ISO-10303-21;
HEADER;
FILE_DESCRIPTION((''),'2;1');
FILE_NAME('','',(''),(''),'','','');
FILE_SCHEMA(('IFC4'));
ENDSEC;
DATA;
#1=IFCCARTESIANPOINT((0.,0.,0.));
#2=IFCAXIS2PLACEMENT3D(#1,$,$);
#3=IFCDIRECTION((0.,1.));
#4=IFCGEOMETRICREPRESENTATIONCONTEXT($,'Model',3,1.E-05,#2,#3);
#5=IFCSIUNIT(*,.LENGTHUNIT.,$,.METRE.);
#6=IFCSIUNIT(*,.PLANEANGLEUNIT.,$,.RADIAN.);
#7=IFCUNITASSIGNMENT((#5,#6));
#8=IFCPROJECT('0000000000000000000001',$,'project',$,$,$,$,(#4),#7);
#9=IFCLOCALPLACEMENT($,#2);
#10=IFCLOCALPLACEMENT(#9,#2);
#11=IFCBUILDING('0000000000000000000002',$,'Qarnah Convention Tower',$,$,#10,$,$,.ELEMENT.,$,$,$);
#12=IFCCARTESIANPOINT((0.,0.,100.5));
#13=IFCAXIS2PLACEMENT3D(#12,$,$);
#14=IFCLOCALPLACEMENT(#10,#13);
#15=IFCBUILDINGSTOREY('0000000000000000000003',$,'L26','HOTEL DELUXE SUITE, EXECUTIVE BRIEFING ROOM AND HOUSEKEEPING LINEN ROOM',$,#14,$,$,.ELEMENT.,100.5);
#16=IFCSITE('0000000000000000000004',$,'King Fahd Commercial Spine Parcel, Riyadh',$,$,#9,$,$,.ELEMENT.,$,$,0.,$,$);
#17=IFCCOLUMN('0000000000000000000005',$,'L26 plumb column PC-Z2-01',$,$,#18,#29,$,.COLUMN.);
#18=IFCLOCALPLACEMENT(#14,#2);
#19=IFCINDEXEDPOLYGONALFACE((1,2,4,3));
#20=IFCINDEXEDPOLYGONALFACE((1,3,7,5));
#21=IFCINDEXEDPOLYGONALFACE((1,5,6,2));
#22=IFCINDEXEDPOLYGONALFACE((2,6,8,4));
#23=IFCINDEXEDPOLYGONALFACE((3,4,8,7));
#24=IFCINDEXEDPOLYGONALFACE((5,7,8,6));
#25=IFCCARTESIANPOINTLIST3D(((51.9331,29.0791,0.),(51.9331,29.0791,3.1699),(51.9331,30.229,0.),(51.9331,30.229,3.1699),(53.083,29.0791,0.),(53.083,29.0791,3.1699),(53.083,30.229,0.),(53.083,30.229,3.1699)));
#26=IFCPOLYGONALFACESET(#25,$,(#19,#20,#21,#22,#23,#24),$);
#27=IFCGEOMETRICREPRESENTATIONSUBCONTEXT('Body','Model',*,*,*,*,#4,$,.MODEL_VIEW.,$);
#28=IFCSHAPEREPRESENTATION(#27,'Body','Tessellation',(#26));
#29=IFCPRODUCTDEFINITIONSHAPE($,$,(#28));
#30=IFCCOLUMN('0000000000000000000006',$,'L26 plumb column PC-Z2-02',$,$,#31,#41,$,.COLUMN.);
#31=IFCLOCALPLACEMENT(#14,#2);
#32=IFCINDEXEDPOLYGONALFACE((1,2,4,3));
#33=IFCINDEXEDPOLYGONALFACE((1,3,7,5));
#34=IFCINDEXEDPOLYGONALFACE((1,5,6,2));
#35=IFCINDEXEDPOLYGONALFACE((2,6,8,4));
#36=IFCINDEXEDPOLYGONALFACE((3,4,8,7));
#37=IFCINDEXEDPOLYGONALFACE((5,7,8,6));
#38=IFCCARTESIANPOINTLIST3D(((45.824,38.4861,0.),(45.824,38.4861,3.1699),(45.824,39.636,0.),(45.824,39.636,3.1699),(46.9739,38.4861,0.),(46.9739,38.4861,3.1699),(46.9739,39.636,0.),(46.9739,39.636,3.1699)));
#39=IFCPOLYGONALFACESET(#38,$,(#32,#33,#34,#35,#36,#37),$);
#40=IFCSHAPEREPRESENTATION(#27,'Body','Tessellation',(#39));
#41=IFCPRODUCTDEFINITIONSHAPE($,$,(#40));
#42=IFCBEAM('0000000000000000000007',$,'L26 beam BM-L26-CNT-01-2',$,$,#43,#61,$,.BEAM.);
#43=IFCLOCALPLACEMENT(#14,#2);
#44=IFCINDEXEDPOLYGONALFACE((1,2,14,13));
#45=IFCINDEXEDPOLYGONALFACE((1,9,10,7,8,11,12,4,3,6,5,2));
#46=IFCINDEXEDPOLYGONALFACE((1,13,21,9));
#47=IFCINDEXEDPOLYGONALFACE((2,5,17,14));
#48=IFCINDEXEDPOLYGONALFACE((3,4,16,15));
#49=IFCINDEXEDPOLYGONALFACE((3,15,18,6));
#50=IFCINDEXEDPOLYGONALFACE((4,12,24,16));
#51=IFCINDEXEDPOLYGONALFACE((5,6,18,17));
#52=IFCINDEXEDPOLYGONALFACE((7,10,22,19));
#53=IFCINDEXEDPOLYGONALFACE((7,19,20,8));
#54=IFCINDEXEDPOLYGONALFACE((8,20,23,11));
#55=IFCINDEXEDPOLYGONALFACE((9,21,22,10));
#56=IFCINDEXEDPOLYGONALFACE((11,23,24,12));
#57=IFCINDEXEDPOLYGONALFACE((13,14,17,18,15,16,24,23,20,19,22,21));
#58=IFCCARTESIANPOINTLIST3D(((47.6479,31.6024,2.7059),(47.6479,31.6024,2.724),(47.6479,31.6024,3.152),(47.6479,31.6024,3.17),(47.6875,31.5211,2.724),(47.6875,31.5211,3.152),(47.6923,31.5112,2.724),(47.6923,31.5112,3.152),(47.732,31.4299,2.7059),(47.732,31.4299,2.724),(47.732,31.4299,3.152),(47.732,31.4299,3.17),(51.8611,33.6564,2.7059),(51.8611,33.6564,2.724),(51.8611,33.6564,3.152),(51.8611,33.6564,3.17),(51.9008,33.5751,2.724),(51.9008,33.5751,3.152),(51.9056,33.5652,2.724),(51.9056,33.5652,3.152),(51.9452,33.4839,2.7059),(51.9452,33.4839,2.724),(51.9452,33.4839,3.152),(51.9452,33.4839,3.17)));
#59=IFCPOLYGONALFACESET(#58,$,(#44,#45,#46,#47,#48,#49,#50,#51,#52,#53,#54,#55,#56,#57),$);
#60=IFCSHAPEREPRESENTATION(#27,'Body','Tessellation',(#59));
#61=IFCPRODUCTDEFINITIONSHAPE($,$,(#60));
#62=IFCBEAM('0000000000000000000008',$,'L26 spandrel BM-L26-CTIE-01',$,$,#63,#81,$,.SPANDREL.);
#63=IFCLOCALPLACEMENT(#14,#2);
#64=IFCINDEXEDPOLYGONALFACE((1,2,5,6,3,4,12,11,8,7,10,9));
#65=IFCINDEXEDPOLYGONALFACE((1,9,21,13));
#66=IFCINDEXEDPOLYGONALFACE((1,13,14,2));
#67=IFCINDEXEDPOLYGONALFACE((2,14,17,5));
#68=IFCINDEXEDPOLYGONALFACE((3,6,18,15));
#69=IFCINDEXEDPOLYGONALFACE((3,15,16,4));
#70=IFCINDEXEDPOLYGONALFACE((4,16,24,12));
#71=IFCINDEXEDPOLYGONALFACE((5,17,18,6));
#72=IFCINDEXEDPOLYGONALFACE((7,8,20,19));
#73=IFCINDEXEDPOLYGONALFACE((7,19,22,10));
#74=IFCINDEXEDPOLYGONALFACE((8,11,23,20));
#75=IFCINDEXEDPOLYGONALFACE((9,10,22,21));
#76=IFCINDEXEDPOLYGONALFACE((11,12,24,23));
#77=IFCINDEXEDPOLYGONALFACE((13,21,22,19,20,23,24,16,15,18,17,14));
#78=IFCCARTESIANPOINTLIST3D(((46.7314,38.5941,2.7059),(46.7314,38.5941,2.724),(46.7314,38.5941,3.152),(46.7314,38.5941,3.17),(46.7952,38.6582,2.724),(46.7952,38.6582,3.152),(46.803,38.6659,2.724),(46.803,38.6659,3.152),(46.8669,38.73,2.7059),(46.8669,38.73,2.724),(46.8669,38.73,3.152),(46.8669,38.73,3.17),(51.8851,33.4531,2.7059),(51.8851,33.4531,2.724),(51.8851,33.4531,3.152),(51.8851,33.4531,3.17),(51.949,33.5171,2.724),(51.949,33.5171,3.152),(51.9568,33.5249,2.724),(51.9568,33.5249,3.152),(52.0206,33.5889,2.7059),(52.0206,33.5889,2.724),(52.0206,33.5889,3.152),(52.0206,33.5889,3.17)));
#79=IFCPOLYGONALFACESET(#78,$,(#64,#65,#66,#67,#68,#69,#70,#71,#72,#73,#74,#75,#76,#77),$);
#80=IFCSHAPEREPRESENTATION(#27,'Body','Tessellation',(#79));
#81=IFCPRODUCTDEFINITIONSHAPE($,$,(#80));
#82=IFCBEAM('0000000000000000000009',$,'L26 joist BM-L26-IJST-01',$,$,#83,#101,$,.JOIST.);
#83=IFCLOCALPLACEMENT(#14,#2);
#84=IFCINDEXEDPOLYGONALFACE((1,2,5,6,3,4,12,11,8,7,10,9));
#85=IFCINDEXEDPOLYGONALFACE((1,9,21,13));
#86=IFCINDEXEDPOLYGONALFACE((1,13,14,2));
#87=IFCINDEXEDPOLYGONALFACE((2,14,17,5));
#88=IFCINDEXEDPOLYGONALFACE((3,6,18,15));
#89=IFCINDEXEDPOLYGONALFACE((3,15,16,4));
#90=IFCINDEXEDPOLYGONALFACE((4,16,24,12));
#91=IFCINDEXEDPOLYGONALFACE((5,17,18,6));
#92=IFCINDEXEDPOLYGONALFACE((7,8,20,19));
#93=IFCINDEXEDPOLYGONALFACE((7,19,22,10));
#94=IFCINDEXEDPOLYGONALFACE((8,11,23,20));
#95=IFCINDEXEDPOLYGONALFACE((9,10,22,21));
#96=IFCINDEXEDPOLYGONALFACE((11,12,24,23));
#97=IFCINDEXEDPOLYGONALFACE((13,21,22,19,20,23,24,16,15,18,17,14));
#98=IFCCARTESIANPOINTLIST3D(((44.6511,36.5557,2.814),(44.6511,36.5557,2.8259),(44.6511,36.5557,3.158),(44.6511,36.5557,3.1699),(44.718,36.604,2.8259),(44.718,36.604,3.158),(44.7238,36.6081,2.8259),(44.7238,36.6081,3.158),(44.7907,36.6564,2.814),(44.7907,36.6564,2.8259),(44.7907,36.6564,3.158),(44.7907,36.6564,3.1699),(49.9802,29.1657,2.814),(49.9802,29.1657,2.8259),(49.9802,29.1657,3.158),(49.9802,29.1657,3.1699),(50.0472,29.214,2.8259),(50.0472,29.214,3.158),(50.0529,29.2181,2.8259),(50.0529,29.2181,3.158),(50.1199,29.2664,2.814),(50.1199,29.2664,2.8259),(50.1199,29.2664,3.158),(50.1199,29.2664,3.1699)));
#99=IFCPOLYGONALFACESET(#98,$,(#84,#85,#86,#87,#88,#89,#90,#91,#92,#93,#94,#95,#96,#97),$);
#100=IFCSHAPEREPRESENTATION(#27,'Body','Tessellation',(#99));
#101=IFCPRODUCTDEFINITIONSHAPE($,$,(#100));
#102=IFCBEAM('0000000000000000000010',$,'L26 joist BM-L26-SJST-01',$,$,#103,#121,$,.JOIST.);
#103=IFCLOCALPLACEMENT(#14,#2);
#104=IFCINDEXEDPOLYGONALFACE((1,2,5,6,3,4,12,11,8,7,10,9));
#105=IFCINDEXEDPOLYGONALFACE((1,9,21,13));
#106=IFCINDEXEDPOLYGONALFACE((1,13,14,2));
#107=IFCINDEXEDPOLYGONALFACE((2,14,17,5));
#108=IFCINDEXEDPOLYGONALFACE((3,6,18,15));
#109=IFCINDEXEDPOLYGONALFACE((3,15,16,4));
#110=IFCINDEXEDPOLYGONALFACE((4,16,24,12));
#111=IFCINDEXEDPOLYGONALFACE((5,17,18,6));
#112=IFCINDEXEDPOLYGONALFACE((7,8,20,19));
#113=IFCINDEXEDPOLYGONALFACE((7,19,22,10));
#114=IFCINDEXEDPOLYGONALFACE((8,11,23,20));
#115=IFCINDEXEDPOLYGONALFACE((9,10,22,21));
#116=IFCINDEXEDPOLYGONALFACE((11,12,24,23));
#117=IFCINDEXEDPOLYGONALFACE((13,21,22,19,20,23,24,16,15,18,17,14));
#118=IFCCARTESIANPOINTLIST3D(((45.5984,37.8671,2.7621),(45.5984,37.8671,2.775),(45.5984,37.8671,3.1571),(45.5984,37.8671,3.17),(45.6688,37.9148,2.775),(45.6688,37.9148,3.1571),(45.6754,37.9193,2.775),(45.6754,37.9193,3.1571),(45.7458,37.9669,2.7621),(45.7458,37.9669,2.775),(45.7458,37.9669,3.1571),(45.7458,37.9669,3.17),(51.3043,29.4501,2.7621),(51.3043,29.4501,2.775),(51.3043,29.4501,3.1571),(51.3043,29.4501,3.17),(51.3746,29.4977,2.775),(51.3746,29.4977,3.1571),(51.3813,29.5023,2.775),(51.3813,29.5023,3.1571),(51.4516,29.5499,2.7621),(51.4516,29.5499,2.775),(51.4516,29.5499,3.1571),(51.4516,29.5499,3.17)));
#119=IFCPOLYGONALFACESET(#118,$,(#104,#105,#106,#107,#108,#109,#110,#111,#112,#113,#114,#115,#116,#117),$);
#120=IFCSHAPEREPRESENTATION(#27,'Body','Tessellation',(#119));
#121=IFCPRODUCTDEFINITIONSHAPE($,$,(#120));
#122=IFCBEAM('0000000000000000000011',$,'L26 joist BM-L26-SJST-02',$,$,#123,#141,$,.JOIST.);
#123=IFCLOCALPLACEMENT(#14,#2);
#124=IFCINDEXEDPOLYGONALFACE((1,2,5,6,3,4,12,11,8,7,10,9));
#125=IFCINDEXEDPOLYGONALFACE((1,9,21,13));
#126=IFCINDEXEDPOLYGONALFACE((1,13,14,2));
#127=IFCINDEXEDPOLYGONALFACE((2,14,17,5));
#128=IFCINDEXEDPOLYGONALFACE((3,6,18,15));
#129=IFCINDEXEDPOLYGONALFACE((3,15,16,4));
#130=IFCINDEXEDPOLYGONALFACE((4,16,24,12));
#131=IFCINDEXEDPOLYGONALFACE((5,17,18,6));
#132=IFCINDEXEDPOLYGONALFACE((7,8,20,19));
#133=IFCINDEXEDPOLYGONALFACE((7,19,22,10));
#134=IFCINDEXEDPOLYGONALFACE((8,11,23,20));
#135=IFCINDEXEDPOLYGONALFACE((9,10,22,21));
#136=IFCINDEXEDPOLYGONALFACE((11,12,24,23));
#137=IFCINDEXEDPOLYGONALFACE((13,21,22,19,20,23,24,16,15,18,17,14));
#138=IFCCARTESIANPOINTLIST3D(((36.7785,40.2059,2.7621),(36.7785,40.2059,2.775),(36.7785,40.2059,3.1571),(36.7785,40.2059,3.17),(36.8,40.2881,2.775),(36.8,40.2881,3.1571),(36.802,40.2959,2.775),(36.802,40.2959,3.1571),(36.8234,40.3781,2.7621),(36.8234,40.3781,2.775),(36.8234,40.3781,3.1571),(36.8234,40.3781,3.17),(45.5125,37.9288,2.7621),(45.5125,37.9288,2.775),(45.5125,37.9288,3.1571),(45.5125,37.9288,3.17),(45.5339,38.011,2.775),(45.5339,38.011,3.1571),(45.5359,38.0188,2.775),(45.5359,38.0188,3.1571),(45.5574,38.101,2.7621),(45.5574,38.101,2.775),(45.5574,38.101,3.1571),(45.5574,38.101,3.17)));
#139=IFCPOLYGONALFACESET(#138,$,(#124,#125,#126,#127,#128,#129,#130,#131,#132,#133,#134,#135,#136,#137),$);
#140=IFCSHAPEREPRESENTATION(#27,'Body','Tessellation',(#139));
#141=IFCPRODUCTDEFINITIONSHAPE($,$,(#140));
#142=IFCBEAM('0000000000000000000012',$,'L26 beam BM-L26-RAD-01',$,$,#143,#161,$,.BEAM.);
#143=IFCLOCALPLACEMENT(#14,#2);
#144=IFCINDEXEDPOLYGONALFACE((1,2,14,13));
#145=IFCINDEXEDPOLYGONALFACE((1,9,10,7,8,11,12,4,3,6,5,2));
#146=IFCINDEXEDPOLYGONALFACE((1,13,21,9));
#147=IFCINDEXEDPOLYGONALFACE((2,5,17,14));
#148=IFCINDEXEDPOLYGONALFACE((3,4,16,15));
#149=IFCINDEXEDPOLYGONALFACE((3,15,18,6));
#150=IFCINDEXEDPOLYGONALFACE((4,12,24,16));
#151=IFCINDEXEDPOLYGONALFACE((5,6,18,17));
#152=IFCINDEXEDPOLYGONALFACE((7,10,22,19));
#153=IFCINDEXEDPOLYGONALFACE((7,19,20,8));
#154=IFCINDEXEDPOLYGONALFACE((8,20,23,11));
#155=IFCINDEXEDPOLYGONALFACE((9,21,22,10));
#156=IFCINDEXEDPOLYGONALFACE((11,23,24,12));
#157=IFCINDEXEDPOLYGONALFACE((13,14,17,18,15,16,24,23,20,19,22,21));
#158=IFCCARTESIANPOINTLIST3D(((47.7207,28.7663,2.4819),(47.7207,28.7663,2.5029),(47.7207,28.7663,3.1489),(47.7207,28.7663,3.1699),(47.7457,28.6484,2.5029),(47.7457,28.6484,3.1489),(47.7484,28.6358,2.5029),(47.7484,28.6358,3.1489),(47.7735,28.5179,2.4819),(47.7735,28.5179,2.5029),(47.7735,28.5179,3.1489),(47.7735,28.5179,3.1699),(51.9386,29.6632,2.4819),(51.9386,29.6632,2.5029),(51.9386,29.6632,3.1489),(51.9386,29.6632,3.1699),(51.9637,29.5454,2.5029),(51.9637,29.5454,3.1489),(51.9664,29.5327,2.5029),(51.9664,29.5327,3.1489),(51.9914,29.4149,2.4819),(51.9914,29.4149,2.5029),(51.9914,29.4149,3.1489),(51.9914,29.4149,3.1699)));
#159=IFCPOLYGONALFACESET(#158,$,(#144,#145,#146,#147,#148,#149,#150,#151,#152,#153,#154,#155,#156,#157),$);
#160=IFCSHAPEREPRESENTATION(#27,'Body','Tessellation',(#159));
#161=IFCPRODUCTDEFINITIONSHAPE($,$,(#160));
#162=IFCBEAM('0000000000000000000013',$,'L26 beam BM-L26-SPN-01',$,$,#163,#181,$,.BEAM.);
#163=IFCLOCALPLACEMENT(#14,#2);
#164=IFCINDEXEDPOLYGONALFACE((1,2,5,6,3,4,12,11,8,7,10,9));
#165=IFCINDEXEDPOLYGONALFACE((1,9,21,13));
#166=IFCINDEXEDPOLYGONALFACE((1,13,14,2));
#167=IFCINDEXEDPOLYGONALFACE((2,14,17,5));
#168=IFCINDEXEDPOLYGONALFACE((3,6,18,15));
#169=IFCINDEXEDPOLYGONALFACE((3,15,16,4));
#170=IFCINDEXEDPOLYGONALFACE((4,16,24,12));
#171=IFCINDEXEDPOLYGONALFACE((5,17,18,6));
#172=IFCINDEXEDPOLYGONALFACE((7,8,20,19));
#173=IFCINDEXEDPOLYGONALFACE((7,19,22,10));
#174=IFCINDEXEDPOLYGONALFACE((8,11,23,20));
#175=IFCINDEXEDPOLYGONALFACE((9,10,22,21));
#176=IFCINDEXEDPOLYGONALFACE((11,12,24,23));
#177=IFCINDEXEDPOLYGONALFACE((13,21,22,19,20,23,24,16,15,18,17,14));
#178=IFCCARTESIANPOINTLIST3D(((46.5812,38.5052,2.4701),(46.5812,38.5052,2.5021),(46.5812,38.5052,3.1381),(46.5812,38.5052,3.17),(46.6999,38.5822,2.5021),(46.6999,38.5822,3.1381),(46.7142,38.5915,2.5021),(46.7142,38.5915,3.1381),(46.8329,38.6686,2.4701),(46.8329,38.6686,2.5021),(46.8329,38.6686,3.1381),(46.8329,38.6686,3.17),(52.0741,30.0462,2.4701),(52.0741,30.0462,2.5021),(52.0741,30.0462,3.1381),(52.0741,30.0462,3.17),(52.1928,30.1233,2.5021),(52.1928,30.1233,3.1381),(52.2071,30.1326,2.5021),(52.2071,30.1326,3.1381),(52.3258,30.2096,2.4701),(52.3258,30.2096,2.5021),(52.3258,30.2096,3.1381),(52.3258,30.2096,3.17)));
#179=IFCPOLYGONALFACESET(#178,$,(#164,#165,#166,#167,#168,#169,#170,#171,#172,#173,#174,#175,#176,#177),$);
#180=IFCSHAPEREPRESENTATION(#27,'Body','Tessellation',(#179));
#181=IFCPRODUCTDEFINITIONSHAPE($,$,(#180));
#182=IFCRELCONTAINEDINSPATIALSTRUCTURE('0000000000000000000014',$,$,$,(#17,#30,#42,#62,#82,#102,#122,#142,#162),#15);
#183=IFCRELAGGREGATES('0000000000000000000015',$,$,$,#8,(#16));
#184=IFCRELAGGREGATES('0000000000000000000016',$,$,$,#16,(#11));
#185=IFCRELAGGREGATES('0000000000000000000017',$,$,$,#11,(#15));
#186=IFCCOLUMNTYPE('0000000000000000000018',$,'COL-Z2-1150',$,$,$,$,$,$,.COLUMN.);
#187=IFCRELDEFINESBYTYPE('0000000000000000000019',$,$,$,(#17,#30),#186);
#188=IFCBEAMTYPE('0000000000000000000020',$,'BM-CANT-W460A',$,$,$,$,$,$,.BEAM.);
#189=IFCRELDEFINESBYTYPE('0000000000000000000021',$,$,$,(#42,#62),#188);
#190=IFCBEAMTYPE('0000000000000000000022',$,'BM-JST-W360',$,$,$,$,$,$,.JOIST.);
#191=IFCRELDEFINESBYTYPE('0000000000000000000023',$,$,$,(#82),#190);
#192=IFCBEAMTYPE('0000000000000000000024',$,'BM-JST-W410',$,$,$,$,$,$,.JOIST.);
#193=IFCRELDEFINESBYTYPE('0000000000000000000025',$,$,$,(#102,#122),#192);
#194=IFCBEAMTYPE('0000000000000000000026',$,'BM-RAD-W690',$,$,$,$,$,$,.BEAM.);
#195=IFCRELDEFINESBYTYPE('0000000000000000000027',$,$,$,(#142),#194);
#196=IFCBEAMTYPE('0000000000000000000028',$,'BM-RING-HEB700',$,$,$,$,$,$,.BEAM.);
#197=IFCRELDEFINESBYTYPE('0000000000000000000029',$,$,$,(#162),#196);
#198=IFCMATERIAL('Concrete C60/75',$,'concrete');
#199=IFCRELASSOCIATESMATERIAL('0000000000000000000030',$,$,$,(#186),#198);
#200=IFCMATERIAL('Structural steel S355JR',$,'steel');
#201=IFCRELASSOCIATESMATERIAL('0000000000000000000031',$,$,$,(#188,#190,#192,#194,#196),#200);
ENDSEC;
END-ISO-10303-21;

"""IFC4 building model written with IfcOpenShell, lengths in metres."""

from ifc_helpers import new_model, si_unit, direction, frame, origin, origin_2d, place, context, subcontext, project, spatial, rectangle, i_section, extrude, material, material_profile, profile_set, type_object, element, save


model = new_model("IFC4")

# Units and contexts
model_context = context("Model", 3, precision=1e-05, world=origin(), true_north=direction((0.0, 1.0)))
body_context = subcontext(model_context, "Body", "Model", "MODEL_VIEW")
ifc_project = project(units=[si_unit("LENGTHUNIT", "METRE"), si_unit("PLANEANGLEUNIT", "RADIAN")], contexts=[model_context])

# Site, building, storey
site_placement = place(None, origin())
site = spatial("IfcSite", under=ifc_project, at=site_placement, Name="King Fahd Commercial Spine Parcel, Riyadh", CompositionType="ELEMENT", RefElevation=0.0)
building_placement = place(site_placement, origin())
building = spatial("IfcBuilding", under=site, at=building_placement, Name="Qarnah Convention Tower", CompositionType="ELEMENT")
storey_placement = place(building_placement, frame((0.0, 0.0, 100.5)))
storey = spatial("IfcBuildingStorey", under=building, at=storey_placement, Name="L26", Description="HOTEL DELUXE SUITE, EXECUTIVE BRIEFING ROOM AND HOUSEKEEPING LINEN ROOM", CompositionType="ELEMENT", Elevation=100.5)

# Columns
ifc_material_1 = material(Name="Concrete C60/75", Category="concrete")
ifc_material_profile_1 = material_profile(ifc_material_1, rectangle(XDim=1.1499, YDim=1.1499, at=origin_2d()), Name="RC-COL-1150X1150")
ifc_profile_set_1 = profile_set([ifc_material_profile_1], Name="Concrete C60/75")
column_type = type_object("IfcColumnType", Name="COL-Z2-1150", PredefinedType="COLUMN", material=ifc_profile_set_1)
for number, where, z_axis, x_axis, name in (
    (1, (52.5081, 29.6541, 0.0), (0.0, 0.0, 1.0), (1.0, 0.0, 0.0), "L26 plumb column PC-Z2-01"),
    (2, (46.3989, 39.061, 0.0), (0.0, 0.0, 1.0), (1.0, 0.0, 0.0), "L26 plumb column PC-Z2-02"),
):
    element("IfcColumn", number, at=place(storey_placement, frame(where, z_axis=z_axis, x_axis=x_axis)), inside=storey, type_object=column_type, Name=name, PredefinedType="COLUMN", context=body_context, shape_type="SweptSolid", body=[
        extrude(rectangle(XDim=1.1499, YDim=1.1499, at=origin_2d()), origin(), (0.0, 0.0, 1.0), 3.1699),
    ])

# Beams
ifc_material_2 = material(Name="Structural steel S355JR", Category="steel")
ifc_material_profile_2 = material_profile(ifc_material_2, i_section(OverallWidth=0.1919, OverallDepth=0.4641, WebThickness=0.011, FlangeThickness=0.0181, at=origin_2d()), Name="W460X89")
ifc_profile_set_2 = profile_set([ifc_material_profile_2], Name="Structural steel S355JR")
beam_type_1 = type_object("IfcBeamType", Name="BM-CANT-W460A", PredefinedType="BEAM", material=ifc_profile_set_2)
beam_1_placement = place(storey_placement, frame((47.6899, 31.5161, 2.938), z_axis=(0.898872, 0.438211, 0.0), x_axis=(-0.438211, 0.898872, 0.0)))
element("IfcBeam", 3, at=beam_1_placement, inside=storey, type_object=beam_type_1, Name="L26 beam BM-L26-CNT-01-2", PredefinedType="BEAM", context=body_context, shape_type="SweptSolid", body=[
    extrude(i_section(OverallWidth=0.1919, OverallDepth=0.4641, WebThickness=0.011, FlangeThickness=0.0181, at=origin_2d()), origin(), (0.0, 0.0, 1.0), 4.6873),
])
beam_2_placement = place(storey_placement, frame((51.9529, 33.521, 2.938), z_axis=(-0.707978, 0.706234, 0.0), x_axis=(-0.706234, -0.707978, 0.0)))
element("IfcBeam", 4, at=beam_2_placement, inside=storey, type_object=beam_type_1, Name="L26 spandrel BM-L26-CTIE-01", PredefinedType="SPANDREL", context=body_context, shape_type="SweptSolid", body=[
    extrude(i_section(OverallWidth=0.1919, OverallDepth=0.4641, WebThickness=0.011, FlangeThickness=0.0181, at=origin_2d()), origin(), (0.0, 0.0, 1.0), 7.2795),
])
ifc_material_profile_3 = material_profile(ifc_material_2, i_section(OverallWidth=0.1721, OverallDepth=0.356, WebThickness=0.0071, FlangeThickness=0.012, at=origin_2d()), Name="W360X51")
ifc_profile_set_3 = profile_set([ifc_material_profile_3], Name="Structural steel S355JR")
beam_type_2 = type_object("IfcBeamType", Name="BM-JST-W360", PredefinedType="JOIST", material=ifc_profile_set_3)
beam_3_placement = place(storey_placement, frame((50.05, 29.2161, 2.9919), z_axis=(-0.58491, 0.811098, 0.0), x_axis=(-0.811098, -0.58491, 0.0)))
element("IfcBeam", 5, at=beam_3_placement, inside=storey, type_object=beam_type_2, Name="L26 joist BM-L26-IJST-01", PredefinedType="JOIST", context=body_context, shape_type="SweptSolid", body=[
    extrude(i_section(OverallWidth=0.1721, OverallDepth=0.356, WebThickness=0.0071, FlangeThickness=0.012, at=origin_2d()), origin(), (0.0, 0.0, 1.0), 9.1111),
])
ifc_material_profile_4 = material_profile(ifc_material_2, i_section(OverallWidth=0.178, OverallDepth=0.408, WebThickness=0.0081, FlangeThickness=0.0129, at=origin_2d()), Name="W410X60")
ifc_profile_set_4 = profile_set([ifc_material_profile_4], Name="Structural steel S355JR")
beam_type_3 = type_object("IfcBeamType", Name="BM-JST-W410", PredefinedType="JOIST", material=ifc_profile_set_4)
beam_4_placement = place(storey_placement, frame((51.3779, 29.5, 2.9661), z_axis=(-0.561116, 0.827737, 0.0), x_axis=(-0.827737, -0.561116, 0.0)))
element("IfcBeam", 6, at=beam_4_placement, inside=storey, type_object=beam_type_3, Name="L26 joist BM-L26-SJST-01", PredefinedType="JOIST", context=body_context, shape_type="SweptSolid", body=[
    extrude(i_section(OverallWidth=0.178, OverallDepth=0.408, WebThickness=0.0081, FlangeThickness=0.0129, at=origin_2d()), origin(), (0.0, 0.0, 1.0), 10.1687),
])
beam_5_placement = place(storey_placement, frame((45.5349, 38.0149, 2.9661), z_axis=(-0.967653, 0.252286, 0.0), x_axis=(-0.252286, -0.967653, 0.0)))
element("IfcBeam", 7, at=beam_5_placement, inside=storey, type_object=beam_type_3, Name="L26 joist BM-L26-SJST-02", PredefinedType="JOIST", context=body_context, shape_type="SweptSolid", body=[
    extrude(i_section(OverallWidth=0.178, OverallDepth=0.408, WebThickness=0.0081, FlangeThickness=0.0129, at=origin_2d()), origin(), (0.0, 0.0, 1.0), 9.0259),
])
ifc_material_profile_5 = material_profile(ifc_material_2, i_section(OverallWidth=0.2539, OverallDepth=0.688, WebThickness=0.0129, FlangeThickness=0.021, at=origin_2d()), Name="W690X152")
ifc_profile_set_5 = profile_set([ifc_material_profile_5], Name="Structural steel S355JR")
beam_type_4 = type_object("IfcBeamType", Name="BM-RAD-W690", PredefinedType="BEAM", material=ifc_profile_set_5)
beam_6_placement = place(storey_placement, frame((47.7471, 28.6421, 2.8259), z_axis=(0.978128, 0.208002, 0.0), x_axis=(-0.208002, 0.978128, 0.0)))
element("IfcBeam", 8, at=beam_6_placement, inside=storey, type_object=beam_type_4, Name="L26 beam BM-L26-RAD-01", PredefinedType="BEAM", context=body_context, shape_type="SweptSolid", body=[
    extrude(i_section(OverallWidth=0.2539, OverallDepth=0.688, WebThickness=0.0129, FlangeThickness=0.021, at=origin_2d()), origin(), (0.0, 0.0, 1.0), 4.3123),
])
ifc_material_profile_6 = material_profile(ifc_material_2, i_section(OverallWidth=0.3, OverallDepth=0.7, WebThickness=0.0171, FlangeThickness=0.032, at=origin_2d()), Name="HEB700")
ifc_profile_set_6 = profile_set([ifc_material_profile_6], Name="Structural steel S355JR")
beam_type_5 = type_object("IfcBeamType", Name="BM-RING-HEB700", PredefinedType="BEAM", material=ifc_profile_set_6)
beam_7_placement = place(storey_placement, frame((52.2, 30.1279, 2.8201), z_axis=(-0.544611, 0.838689, 0.0), x_axis=(-0.838689, -0.544611, 0.0)))
element("IfcBeam", 9, at=beam_7_placement, inside=storey, type_object=beam_type_5, Name="L26 beam BM-L26-SPN-01", PredefinedType="BEAM", context=body_context, shape_type="SweptSolid", body=[
    extrude(i_section(OverallWidth=0.3, OverallDepth=0.7, WebThickness=0.0171, FlangeThickness=0.032, at=origin_2d()), origin(), (0.0, 0.0, 1.0), 10.0859),
])

save(model, "model.ifc")
